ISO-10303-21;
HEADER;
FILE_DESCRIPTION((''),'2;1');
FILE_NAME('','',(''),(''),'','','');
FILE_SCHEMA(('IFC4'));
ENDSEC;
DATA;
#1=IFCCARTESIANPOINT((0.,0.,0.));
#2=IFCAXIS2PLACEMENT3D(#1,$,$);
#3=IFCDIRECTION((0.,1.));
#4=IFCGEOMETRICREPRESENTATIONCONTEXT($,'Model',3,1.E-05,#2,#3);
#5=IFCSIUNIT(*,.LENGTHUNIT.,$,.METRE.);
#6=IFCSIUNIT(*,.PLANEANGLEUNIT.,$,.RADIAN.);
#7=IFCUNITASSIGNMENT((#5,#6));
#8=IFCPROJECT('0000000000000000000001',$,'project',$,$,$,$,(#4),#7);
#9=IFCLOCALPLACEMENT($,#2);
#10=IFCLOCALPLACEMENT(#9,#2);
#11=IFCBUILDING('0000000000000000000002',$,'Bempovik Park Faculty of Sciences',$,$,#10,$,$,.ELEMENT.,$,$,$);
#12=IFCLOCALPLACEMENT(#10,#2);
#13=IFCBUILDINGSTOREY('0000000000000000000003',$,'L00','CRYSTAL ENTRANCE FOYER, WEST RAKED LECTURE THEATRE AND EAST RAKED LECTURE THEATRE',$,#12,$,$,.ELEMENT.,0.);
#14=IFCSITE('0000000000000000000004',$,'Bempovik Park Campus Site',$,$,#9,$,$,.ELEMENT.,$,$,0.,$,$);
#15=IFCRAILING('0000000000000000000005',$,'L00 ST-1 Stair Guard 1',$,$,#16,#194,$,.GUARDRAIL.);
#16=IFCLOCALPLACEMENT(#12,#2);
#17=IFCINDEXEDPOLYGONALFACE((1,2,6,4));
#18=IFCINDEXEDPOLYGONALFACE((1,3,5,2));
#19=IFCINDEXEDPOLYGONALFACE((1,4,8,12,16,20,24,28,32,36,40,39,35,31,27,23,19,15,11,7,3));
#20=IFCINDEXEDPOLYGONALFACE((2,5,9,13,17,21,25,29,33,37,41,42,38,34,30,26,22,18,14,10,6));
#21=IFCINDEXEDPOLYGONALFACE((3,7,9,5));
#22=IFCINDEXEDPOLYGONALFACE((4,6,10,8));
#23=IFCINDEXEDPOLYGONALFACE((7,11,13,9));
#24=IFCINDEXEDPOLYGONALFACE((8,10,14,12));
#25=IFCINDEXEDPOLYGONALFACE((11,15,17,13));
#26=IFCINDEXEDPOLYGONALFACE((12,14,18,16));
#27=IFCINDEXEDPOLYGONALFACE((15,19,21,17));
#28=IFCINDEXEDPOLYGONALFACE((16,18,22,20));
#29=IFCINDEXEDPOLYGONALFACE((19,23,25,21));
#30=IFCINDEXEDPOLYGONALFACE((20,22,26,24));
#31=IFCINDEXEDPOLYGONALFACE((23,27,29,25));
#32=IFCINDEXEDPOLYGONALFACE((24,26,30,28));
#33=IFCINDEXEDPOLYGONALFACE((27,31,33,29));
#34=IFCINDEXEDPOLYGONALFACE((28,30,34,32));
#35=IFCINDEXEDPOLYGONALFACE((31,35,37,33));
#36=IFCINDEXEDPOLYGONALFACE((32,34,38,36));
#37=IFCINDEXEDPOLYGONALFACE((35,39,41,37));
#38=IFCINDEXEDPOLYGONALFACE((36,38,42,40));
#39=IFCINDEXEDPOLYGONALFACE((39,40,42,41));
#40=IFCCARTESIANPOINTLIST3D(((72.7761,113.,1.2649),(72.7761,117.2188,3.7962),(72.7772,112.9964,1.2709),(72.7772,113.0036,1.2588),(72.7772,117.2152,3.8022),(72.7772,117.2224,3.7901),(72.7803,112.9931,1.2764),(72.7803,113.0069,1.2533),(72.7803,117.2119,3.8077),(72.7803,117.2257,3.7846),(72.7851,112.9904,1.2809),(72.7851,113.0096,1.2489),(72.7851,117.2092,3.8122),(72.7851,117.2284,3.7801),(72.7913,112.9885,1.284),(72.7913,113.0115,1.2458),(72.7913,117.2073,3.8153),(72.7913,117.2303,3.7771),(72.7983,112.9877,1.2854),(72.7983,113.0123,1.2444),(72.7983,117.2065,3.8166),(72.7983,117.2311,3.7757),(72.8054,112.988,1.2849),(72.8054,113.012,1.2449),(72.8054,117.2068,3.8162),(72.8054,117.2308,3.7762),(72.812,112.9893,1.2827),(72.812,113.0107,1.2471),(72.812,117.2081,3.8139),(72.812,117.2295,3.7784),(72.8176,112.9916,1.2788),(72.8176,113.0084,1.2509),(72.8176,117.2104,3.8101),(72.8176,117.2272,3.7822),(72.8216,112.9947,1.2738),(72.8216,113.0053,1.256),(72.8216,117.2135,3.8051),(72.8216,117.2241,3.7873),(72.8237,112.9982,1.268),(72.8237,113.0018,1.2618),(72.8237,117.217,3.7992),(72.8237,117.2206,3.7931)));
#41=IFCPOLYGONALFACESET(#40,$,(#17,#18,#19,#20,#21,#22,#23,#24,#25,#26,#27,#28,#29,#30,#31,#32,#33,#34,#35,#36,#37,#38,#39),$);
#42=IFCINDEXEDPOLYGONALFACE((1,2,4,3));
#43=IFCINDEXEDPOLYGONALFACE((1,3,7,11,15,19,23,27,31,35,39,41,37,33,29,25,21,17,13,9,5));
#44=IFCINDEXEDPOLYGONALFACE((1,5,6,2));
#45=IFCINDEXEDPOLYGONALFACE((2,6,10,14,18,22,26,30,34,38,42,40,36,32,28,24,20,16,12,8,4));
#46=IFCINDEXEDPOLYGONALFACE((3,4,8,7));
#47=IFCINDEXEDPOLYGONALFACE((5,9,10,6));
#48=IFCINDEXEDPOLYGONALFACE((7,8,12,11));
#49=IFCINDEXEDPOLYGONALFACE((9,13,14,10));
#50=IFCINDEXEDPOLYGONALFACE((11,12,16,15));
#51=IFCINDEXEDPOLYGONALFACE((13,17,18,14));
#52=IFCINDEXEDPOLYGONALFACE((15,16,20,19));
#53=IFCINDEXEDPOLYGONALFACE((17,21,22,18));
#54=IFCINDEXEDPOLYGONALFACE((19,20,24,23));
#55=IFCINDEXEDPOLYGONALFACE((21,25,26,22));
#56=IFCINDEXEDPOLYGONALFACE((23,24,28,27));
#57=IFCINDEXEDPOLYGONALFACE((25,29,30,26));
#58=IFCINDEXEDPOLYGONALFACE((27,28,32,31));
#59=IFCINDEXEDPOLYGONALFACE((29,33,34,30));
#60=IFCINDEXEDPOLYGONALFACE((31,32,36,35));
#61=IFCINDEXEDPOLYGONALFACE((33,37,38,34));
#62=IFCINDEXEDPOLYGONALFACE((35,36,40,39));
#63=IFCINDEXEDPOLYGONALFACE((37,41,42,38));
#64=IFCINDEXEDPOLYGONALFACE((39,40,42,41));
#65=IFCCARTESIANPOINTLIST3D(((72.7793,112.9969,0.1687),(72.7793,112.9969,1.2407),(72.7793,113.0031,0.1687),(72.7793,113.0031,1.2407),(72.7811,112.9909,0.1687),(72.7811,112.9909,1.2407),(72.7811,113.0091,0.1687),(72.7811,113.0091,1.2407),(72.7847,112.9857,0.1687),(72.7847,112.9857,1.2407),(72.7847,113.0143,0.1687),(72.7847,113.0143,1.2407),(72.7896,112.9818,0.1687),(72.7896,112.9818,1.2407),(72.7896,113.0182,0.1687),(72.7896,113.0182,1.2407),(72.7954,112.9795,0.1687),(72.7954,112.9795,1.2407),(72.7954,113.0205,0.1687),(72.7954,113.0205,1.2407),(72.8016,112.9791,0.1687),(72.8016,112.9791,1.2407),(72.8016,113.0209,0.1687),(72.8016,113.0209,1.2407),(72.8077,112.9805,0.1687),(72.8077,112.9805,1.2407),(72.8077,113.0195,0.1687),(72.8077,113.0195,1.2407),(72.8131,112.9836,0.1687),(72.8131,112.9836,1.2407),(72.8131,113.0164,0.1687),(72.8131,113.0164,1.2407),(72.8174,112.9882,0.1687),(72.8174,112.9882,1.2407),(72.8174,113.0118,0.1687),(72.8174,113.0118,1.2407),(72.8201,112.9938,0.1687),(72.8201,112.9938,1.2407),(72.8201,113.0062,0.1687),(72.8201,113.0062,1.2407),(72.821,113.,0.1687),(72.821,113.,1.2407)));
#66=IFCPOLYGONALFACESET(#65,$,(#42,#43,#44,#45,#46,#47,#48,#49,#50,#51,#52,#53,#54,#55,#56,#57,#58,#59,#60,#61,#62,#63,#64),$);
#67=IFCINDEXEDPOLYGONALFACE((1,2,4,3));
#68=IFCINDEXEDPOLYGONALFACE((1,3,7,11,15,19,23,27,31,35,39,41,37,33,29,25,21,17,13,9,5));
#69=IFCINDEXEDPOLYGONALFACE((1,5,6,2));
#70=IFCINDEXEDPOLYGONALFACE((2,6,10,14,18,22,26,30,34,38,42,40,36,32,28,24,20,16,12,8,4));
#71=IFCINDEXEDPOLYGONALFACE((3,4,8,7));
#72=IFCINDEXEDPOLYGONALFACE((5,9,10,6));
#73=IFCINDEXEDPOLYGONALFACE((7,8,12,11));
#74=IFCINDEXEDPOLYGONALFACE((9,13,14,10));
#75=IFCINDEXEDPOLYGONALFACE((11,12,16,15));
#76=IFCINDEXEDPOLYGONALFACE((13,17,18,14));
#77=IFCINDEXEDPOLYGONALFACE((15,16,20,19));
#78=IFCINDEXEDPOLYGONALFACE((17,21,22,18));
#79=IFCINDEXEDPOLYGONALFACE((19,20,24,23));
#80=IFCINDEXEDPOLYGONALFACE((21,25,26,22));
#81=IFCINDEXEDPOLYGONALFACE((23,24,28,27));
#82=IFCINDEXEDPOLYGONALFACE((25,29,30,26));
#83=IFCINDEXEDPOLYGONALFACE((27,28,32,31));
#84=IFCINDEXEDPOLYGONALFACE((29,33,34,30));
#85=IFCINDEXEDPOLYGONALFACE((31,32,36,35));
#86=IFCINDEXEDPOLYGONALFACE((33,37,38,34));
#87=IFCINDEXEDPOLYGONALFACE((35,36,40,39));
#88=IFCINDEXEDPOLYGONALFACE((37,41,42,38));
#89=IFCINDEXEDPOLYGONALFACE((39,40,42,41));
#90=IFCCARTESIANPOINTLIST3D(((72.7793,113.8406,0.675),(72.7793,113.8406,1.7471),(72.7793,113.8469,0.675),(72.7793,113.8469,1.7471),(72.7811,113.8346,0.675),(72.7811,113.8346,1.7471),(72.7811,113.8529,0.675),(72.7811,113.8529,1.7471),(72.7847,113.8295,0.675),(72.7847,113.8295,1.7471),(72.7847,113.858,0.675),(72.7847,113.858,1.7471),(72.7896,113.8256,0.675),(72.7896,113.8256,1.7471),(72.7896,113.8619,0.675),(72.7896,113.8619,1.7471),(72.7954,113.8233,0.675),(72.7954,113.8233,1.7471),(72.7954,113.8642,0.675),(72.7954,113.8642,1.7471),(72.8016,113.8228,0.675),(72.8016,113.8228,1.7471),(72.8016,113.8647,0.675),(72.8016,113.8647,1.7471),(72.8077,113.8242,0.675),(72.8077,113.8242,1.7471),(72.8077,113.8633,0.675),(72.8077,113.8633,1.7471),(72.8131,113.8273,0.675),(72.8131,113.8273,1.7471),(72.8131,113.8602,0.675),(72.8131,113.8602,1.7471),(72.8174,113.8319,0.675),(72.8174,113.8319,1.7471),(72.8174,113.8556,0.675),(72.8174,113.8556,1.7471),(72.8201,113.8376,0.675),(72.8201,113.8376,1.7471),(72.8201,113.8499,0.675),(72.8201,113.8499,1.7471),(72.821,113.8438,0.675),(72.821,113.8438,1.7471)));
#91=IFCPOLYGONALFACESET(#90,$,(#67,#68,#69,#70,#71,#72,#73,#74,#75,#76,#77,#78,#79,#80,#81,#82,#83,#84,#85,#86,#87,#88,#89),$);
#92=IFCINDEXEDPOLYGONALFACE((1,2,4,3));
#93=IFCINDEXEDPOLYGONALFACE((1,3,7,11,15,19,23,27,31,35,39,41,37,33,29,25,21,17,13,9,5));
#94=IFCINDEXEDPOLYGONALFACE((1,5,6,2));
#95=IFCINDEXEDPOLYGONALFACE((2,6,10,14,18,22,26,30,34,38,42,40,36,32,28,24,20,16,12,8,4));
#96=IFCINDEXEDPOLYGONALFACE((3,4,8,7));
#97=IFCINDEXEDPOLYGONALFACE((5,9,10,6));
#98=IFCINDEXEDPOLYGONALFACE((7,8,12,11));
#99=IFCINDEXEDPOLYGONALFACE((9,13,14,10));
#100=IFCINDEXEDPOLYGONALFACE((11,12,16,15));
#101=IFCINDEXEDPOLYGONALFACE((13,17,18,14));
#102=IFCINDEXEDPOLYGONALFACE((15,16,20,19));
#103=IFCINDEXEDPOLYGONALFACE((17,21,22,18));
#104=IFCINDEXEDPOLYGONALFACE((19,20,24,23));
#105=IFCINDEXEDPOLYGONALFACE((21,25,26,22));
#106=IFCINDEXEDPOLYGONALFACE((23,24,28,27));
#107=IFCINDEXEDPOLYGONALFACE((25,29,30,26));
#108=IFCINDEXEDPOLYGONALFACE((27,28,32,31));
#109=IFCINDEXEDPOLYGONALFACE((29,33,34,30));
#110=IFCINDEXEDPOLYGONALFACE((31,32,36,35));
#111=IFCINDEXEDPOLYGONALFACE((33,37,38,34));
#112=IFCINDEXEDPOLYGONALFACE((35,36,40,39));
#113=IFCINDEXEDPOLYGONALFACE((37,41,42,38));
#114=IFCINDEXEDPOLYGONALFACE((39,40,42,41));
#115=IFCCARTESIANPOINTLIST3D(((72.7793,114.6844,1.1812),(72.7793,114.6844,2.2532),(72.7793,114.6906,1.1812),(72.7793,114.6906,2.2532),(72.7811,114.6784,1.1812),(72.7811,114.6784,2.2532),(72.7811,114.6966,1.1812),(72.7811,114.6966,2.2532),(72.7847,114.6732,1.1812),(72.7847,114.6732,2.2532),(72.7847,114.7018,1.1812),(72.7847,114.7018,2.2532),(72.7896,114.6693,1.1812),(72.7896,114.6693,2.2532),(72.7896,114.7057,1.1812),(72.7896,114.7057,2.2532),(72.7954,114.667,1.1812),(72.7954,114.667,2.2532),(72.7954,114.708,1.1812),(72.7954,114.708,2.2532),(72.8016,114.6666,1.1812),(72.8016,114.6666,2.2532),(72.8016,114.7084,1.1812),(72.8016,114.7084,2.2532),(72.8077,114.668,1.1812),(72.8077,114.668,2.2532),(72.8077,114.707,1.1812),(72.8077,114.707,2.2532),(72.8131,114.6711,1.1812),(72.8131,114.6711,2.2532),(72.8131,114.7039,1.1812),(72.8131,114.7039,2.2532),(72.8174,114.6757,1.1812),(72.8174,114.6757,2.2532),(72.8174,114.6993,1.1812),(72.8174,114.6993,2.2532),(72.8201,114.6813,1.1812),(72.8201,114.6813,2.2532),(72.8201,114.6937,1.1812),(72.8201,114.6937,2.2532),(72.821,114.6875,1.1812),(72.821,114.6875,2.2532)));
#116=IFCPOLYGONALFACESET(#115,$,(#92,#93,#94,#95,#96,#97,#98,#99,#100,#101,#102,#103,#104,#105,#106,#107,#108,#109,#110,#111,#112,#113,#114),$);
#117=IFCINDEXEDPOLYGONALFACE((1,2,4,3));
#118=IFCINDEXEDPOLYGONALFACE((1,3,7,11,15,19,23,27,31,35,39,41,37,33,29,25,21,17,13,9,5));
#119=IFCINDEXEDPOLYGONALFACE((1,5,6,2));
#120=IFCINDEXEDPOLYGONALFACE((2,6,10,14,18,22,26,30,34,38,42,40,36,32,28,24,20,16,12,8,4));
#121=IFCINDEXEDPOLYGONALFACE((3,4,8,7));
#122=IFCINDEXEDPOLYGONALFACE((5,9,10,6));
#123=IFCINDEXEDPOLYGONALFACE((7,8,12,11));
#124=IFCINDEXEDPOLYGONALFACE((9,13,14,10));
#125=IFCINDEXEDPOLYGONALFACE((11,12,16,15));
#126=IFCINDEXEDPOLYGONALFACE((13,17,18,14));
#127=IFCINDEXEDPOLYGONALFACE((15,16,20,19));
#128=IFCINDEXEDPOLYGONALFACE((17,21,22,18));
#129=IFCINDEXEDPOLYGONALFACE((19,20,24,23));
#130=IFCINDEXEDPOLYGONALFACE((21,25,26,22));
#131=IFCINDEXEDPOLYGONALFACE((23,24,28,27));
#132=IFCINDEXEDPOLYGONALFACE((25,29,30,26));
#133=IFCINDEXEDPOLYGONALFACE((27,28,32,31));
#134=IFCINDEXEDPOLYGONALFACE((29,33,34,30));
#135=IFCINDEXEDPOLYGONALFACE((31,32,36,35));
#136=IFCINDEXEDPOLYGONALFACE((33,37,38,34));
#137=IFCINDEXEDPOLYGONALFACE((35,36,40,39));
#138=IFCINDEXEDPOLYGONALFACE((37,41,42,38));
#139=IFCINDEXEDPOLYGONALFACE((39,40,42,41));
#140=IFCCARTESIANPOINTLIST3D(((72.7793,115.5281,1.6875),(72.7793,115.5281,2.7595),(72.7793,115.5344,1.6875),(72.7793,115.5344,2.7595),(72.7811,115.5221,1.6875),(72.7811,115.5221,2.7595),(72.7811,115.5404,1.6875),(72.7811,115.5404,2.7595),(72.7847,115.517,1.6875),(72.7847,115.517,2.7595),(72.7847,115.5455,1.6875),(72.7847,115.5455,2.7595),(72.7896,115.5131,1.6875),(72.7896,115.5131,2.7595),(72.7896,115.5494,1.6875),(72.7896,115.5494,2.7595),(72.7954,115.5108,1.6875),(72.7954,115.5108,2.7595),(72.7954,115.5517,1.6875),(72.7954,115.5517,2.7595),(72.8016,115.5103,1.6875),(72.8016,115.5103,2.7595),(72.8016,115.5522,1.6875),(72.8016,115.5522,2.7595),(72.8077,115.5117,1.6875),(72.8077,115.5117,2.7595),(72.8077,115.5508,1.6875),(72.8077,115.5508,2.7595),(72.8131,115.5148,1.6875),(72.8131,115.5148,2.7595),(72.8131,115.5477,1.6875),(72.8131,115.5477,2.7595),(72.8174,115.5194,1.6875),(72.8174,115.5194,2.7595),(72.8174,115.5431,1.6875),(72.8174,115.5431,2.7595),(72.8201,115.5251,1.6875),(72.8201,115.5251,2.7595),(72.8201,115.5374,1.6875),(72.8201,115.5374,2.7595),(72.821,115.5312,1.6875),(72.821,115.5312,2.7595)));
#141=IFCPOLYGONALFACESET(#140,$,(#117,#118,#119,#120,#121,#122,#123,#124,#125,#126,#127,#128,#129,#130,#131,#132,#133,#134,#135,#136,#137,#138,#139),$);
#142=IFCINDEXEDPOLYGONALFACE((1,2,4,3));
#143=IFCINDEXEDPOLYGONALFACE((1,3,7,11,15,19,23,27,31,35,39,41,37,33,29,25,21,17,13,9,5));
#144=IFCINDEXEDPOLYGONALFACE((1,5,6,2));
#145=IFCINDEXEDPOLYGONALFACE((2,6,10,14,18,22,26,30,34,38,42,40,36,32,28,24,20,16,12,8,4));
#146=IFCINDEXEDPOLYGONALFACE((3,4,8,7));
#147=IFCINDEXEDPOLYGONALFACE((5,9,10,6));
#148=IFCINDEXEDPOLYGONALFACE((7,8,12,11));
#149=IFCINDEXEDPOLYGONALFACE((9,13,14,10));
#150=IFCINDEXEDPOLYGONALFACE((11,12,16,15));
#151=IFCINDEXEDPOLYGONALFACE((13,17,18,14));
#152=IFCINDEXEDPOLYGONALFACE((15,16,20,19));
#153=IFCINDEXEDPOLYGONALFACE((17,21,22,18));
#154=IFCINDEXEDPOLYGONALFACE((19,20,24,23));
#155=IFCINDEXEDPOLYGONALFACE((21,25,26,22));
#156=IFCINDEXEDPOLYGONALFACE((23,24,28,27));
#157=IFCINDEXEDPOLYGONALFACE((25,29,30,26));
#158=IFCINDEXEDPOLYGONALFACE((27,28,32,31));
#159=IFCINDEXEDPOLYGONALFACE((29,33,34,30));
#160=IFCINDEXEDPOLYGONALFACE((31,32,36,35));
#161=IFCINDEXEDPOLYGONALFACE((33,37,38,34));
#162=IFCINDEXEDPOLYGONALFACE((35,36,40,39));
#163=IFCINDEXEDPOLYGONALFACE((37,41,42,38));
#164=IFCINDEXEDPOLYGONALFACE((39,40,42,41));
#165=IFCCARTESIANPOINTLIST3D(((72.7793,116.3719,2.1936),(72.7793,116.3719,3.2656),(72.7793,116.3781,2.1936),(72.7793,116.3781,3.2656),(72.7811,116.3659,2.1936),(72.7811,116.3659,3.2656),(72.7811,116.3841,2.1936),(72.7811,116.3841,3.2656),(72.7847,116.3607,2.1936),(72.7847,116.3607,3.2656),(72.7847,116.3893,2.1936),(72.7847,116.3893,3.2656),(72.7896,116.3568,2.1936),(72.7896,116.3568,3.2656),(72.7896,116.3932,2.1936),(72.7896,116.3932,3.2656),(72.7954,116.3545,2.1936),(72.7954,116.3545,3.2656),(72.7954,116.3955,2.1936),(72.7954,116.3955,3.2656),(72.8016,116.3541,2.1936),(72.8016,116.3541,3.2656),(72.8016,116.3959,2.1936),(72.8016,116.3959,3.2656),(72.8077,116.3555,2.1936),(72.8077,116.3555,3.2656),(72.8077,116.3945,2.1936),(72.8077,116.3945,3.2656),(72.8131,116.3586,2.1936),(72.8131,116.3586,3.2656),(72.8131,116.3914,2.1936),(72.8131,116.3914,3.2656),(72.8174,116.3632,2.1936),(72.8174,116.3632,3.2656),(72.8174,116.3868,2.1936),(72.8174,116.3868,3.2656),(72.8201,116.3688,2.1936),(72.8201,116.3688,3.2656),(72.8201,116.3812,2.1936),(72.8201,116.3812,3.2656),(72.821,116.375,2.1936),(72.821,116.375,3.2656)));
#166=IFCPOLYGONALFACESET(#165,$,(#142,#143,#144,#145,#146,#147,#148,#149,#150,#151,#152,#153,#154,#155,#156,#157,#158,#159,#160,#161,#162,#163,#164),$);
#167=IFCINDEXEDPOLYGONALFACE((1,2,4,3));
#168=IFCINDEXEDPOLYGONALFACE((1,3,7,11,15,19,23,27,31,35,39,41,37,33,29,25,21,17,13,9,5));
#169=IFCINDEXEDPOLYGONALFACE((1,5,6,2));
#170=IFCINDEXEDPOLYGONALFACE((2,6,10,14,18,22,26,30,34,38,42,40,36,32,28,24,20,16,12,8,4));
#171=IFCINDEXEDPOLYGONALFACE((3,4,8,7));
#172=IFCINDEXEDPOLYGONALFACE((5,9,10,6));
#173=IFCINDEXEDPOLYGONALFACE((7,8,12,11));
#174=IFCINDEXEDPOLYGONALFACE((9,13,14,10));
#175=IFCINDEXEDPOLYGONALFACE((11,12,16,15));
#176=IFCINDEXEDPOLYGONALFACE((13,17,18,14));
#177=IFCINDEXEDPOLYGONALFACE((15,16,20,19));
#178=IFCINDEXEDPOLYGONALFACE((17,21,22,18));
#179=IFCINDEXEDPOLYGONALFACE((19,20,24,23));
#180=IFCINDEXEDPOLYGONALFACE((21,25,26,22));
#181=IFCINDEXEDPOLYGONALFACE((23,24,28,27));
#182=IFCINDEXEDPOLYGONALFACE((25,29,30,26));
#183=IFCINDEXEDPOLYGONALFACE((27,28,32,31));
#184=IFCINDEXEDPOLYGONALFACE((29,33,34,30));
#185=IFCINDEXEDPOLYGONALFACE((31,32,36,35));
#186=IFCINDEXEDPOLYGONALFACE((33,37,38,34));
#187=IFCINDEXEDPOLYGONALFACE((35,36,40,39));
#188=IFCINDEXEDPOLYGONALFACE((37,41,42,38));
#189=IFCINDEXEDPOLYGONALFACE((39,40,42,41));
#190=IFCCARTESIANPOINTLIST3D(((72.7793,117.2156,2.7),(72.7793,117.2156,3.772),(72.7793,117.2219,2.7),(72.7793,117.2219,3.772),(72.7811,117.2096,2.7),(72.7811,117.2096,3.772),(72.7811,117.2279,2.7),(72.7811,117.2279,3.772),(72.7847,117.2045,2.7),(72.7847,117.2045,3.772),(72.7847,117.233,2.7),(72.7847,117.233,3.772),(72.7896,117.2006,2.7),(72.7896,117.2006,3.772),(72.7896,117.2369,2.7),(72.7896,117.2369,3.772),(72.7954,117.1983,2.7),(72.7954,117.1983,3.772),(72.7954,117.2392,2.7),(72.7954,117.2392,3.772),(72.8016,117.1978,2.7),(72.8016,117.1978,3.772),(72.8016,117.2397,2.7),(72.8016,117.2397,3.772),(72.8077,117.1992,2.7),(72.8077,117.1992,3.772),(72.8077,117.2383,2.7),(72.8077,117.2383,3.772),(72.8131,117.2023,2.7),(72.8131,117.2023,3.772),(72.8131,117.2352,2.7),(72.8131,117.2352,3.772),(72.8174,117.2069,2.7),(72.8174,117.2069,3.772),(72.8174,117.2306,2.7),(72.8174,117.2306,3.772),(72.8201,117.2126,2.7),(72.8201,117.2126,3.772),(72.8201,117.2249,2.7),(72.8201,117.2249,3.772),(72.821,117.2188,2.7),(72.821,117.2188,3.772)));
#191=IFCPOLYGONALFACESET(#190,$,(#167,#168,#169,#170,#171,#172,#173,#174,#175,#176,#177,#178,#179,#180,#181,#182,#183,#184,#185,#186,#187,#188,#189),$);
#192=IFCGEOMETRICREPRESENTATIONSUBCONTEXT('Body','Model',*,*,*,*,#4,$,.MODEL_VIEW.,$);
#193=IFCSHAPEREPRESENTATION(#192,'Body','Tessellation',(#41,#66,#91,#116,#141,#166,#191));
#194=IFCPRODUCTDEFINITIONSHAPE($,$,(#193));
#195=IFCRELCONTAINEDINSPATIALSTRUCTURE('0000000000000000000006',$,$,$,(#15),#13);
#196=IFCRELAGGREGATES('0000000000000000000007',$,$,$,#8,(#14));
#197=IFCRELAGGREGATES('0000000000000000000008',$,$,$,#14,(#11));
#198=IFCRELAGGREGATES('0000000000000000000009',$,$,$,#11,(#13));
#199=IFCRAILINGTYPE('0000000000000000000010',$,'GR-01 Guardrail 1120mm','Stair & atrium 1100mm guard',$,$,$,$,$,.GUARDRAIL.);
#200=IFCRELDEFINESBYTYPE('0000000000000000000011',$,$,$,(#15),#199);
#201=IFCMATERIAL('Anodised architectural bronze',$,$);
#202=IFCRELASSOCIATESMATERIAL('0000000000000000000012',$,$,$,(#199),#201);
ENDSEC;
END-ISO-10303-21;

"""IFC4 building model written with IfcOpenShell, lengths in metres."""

from ifc_helpers import new_model, si_unit, direction, frame, origin, origin_2d, place, context, subcontext, project, spatial, circle, extrude, material, type_object, element, save


model = new_model("IFC4")

# Units and contexts
model_context = context("Model", 3, precision=1e-05, world=origin(), true_north=direction((0.0, 1.0)))
body_context = subcontext(model_context, "Body", "Model", "MODEL_VIEW")
ifc_project = project(units=[si_unit("LENGTHUNIT", "METRE"), si_unit("PLANEANGLEUNIT", "RADIAN")], contexts=[model_context])

# Site, building, storey
site_placement = place(None, origin())
site = spatial("IfcSite", under=ifc_project, at=site_placement, Name="Bempovik Park Campus Site", CompositionType="ELEMENT", RefElevation=0.0)
building_placement = place(site_placement, origin())
building = spatial("IfcBuilding", under=site, at=building_placement, Name="Bempovik Park Faculty of Sciences", CompositionType="ELEMENT")
storey_placement = place(building_placement, origin())
storey = spatial("IfcBuildingStorey", under=building, at=storey_placement, Name="L00", Description="CRYSTAL ENTRANCE FOYER, WEST RAKED LECTURE THEATRE AND EAST RAKED LECTURE THEATRE", CompositionType="ELEMENT", Elevation=0.0)

# Railing
ifc_material_1 = material(Name="Anodised architectural bronze")
railing_type_1 = type_object("IfcRailingType", Name="GR-01 Guardrail 1120mm", Description="Stair & atrium 1100mm guard", PredefinedType="GUARDRAIL", material=ifc_material_1)
railing_1_placement = place(storey_placement, frame((72.8, 113.0, 0.1687)))
element("IfcRailing", 1, at=railing_1_placement, inside=storey, type_object=railing_type_1, Name="L00 ST-1 Stair Guard 1", PredefinedType="GUARDRAIL", context=body_context, shape_type="SweptSolid", body=[
    extrude(circle(Radius=0.0239, at=origin_2d()), frame((0.0, 0.0, 1.0962), z_axis=(0.0, 0.857493, 0.514496), x_axis=(-1.0, 0.0, 0.0)), (0.0, 0.0, 1.0), 4.9199),
    extrude(circle(Radius=0.021, at=origin_2d()), origin(), (0.0, 0.0, 1.0), 1.072),
    extrude(circle(Radius=0.021, at=origin_2d()), frame((0.0, 0.8438, 0.5063)), (0.0, 0.0, 1.0), 1.072),
    extrude(circle(Radius=0.021, at=origin_2d()), frame((0.0, 1.6875, 1.0125)), (0.0, 0.0, 1.0), 1.072),
    extrude(circle(Radius=0.021, at=origin_2d()), frame((0.0, 2.5312, 1.5188)), (0.0, 0.0, 1.0), 1.072),
    extrude(circle(Radius=0.021, at=origin_2d()), frame((0.0, 3.375, 2.0249)), (0.0, 0.0, 1.0), 1.072),
    extrude(circle(Radius=0.021, at=origin_2d()), frame((0.0, 4.2188, 2.5312)), (0.0, 0.0, 1.0), 1.072),
])

save(model, "model.ifc")
